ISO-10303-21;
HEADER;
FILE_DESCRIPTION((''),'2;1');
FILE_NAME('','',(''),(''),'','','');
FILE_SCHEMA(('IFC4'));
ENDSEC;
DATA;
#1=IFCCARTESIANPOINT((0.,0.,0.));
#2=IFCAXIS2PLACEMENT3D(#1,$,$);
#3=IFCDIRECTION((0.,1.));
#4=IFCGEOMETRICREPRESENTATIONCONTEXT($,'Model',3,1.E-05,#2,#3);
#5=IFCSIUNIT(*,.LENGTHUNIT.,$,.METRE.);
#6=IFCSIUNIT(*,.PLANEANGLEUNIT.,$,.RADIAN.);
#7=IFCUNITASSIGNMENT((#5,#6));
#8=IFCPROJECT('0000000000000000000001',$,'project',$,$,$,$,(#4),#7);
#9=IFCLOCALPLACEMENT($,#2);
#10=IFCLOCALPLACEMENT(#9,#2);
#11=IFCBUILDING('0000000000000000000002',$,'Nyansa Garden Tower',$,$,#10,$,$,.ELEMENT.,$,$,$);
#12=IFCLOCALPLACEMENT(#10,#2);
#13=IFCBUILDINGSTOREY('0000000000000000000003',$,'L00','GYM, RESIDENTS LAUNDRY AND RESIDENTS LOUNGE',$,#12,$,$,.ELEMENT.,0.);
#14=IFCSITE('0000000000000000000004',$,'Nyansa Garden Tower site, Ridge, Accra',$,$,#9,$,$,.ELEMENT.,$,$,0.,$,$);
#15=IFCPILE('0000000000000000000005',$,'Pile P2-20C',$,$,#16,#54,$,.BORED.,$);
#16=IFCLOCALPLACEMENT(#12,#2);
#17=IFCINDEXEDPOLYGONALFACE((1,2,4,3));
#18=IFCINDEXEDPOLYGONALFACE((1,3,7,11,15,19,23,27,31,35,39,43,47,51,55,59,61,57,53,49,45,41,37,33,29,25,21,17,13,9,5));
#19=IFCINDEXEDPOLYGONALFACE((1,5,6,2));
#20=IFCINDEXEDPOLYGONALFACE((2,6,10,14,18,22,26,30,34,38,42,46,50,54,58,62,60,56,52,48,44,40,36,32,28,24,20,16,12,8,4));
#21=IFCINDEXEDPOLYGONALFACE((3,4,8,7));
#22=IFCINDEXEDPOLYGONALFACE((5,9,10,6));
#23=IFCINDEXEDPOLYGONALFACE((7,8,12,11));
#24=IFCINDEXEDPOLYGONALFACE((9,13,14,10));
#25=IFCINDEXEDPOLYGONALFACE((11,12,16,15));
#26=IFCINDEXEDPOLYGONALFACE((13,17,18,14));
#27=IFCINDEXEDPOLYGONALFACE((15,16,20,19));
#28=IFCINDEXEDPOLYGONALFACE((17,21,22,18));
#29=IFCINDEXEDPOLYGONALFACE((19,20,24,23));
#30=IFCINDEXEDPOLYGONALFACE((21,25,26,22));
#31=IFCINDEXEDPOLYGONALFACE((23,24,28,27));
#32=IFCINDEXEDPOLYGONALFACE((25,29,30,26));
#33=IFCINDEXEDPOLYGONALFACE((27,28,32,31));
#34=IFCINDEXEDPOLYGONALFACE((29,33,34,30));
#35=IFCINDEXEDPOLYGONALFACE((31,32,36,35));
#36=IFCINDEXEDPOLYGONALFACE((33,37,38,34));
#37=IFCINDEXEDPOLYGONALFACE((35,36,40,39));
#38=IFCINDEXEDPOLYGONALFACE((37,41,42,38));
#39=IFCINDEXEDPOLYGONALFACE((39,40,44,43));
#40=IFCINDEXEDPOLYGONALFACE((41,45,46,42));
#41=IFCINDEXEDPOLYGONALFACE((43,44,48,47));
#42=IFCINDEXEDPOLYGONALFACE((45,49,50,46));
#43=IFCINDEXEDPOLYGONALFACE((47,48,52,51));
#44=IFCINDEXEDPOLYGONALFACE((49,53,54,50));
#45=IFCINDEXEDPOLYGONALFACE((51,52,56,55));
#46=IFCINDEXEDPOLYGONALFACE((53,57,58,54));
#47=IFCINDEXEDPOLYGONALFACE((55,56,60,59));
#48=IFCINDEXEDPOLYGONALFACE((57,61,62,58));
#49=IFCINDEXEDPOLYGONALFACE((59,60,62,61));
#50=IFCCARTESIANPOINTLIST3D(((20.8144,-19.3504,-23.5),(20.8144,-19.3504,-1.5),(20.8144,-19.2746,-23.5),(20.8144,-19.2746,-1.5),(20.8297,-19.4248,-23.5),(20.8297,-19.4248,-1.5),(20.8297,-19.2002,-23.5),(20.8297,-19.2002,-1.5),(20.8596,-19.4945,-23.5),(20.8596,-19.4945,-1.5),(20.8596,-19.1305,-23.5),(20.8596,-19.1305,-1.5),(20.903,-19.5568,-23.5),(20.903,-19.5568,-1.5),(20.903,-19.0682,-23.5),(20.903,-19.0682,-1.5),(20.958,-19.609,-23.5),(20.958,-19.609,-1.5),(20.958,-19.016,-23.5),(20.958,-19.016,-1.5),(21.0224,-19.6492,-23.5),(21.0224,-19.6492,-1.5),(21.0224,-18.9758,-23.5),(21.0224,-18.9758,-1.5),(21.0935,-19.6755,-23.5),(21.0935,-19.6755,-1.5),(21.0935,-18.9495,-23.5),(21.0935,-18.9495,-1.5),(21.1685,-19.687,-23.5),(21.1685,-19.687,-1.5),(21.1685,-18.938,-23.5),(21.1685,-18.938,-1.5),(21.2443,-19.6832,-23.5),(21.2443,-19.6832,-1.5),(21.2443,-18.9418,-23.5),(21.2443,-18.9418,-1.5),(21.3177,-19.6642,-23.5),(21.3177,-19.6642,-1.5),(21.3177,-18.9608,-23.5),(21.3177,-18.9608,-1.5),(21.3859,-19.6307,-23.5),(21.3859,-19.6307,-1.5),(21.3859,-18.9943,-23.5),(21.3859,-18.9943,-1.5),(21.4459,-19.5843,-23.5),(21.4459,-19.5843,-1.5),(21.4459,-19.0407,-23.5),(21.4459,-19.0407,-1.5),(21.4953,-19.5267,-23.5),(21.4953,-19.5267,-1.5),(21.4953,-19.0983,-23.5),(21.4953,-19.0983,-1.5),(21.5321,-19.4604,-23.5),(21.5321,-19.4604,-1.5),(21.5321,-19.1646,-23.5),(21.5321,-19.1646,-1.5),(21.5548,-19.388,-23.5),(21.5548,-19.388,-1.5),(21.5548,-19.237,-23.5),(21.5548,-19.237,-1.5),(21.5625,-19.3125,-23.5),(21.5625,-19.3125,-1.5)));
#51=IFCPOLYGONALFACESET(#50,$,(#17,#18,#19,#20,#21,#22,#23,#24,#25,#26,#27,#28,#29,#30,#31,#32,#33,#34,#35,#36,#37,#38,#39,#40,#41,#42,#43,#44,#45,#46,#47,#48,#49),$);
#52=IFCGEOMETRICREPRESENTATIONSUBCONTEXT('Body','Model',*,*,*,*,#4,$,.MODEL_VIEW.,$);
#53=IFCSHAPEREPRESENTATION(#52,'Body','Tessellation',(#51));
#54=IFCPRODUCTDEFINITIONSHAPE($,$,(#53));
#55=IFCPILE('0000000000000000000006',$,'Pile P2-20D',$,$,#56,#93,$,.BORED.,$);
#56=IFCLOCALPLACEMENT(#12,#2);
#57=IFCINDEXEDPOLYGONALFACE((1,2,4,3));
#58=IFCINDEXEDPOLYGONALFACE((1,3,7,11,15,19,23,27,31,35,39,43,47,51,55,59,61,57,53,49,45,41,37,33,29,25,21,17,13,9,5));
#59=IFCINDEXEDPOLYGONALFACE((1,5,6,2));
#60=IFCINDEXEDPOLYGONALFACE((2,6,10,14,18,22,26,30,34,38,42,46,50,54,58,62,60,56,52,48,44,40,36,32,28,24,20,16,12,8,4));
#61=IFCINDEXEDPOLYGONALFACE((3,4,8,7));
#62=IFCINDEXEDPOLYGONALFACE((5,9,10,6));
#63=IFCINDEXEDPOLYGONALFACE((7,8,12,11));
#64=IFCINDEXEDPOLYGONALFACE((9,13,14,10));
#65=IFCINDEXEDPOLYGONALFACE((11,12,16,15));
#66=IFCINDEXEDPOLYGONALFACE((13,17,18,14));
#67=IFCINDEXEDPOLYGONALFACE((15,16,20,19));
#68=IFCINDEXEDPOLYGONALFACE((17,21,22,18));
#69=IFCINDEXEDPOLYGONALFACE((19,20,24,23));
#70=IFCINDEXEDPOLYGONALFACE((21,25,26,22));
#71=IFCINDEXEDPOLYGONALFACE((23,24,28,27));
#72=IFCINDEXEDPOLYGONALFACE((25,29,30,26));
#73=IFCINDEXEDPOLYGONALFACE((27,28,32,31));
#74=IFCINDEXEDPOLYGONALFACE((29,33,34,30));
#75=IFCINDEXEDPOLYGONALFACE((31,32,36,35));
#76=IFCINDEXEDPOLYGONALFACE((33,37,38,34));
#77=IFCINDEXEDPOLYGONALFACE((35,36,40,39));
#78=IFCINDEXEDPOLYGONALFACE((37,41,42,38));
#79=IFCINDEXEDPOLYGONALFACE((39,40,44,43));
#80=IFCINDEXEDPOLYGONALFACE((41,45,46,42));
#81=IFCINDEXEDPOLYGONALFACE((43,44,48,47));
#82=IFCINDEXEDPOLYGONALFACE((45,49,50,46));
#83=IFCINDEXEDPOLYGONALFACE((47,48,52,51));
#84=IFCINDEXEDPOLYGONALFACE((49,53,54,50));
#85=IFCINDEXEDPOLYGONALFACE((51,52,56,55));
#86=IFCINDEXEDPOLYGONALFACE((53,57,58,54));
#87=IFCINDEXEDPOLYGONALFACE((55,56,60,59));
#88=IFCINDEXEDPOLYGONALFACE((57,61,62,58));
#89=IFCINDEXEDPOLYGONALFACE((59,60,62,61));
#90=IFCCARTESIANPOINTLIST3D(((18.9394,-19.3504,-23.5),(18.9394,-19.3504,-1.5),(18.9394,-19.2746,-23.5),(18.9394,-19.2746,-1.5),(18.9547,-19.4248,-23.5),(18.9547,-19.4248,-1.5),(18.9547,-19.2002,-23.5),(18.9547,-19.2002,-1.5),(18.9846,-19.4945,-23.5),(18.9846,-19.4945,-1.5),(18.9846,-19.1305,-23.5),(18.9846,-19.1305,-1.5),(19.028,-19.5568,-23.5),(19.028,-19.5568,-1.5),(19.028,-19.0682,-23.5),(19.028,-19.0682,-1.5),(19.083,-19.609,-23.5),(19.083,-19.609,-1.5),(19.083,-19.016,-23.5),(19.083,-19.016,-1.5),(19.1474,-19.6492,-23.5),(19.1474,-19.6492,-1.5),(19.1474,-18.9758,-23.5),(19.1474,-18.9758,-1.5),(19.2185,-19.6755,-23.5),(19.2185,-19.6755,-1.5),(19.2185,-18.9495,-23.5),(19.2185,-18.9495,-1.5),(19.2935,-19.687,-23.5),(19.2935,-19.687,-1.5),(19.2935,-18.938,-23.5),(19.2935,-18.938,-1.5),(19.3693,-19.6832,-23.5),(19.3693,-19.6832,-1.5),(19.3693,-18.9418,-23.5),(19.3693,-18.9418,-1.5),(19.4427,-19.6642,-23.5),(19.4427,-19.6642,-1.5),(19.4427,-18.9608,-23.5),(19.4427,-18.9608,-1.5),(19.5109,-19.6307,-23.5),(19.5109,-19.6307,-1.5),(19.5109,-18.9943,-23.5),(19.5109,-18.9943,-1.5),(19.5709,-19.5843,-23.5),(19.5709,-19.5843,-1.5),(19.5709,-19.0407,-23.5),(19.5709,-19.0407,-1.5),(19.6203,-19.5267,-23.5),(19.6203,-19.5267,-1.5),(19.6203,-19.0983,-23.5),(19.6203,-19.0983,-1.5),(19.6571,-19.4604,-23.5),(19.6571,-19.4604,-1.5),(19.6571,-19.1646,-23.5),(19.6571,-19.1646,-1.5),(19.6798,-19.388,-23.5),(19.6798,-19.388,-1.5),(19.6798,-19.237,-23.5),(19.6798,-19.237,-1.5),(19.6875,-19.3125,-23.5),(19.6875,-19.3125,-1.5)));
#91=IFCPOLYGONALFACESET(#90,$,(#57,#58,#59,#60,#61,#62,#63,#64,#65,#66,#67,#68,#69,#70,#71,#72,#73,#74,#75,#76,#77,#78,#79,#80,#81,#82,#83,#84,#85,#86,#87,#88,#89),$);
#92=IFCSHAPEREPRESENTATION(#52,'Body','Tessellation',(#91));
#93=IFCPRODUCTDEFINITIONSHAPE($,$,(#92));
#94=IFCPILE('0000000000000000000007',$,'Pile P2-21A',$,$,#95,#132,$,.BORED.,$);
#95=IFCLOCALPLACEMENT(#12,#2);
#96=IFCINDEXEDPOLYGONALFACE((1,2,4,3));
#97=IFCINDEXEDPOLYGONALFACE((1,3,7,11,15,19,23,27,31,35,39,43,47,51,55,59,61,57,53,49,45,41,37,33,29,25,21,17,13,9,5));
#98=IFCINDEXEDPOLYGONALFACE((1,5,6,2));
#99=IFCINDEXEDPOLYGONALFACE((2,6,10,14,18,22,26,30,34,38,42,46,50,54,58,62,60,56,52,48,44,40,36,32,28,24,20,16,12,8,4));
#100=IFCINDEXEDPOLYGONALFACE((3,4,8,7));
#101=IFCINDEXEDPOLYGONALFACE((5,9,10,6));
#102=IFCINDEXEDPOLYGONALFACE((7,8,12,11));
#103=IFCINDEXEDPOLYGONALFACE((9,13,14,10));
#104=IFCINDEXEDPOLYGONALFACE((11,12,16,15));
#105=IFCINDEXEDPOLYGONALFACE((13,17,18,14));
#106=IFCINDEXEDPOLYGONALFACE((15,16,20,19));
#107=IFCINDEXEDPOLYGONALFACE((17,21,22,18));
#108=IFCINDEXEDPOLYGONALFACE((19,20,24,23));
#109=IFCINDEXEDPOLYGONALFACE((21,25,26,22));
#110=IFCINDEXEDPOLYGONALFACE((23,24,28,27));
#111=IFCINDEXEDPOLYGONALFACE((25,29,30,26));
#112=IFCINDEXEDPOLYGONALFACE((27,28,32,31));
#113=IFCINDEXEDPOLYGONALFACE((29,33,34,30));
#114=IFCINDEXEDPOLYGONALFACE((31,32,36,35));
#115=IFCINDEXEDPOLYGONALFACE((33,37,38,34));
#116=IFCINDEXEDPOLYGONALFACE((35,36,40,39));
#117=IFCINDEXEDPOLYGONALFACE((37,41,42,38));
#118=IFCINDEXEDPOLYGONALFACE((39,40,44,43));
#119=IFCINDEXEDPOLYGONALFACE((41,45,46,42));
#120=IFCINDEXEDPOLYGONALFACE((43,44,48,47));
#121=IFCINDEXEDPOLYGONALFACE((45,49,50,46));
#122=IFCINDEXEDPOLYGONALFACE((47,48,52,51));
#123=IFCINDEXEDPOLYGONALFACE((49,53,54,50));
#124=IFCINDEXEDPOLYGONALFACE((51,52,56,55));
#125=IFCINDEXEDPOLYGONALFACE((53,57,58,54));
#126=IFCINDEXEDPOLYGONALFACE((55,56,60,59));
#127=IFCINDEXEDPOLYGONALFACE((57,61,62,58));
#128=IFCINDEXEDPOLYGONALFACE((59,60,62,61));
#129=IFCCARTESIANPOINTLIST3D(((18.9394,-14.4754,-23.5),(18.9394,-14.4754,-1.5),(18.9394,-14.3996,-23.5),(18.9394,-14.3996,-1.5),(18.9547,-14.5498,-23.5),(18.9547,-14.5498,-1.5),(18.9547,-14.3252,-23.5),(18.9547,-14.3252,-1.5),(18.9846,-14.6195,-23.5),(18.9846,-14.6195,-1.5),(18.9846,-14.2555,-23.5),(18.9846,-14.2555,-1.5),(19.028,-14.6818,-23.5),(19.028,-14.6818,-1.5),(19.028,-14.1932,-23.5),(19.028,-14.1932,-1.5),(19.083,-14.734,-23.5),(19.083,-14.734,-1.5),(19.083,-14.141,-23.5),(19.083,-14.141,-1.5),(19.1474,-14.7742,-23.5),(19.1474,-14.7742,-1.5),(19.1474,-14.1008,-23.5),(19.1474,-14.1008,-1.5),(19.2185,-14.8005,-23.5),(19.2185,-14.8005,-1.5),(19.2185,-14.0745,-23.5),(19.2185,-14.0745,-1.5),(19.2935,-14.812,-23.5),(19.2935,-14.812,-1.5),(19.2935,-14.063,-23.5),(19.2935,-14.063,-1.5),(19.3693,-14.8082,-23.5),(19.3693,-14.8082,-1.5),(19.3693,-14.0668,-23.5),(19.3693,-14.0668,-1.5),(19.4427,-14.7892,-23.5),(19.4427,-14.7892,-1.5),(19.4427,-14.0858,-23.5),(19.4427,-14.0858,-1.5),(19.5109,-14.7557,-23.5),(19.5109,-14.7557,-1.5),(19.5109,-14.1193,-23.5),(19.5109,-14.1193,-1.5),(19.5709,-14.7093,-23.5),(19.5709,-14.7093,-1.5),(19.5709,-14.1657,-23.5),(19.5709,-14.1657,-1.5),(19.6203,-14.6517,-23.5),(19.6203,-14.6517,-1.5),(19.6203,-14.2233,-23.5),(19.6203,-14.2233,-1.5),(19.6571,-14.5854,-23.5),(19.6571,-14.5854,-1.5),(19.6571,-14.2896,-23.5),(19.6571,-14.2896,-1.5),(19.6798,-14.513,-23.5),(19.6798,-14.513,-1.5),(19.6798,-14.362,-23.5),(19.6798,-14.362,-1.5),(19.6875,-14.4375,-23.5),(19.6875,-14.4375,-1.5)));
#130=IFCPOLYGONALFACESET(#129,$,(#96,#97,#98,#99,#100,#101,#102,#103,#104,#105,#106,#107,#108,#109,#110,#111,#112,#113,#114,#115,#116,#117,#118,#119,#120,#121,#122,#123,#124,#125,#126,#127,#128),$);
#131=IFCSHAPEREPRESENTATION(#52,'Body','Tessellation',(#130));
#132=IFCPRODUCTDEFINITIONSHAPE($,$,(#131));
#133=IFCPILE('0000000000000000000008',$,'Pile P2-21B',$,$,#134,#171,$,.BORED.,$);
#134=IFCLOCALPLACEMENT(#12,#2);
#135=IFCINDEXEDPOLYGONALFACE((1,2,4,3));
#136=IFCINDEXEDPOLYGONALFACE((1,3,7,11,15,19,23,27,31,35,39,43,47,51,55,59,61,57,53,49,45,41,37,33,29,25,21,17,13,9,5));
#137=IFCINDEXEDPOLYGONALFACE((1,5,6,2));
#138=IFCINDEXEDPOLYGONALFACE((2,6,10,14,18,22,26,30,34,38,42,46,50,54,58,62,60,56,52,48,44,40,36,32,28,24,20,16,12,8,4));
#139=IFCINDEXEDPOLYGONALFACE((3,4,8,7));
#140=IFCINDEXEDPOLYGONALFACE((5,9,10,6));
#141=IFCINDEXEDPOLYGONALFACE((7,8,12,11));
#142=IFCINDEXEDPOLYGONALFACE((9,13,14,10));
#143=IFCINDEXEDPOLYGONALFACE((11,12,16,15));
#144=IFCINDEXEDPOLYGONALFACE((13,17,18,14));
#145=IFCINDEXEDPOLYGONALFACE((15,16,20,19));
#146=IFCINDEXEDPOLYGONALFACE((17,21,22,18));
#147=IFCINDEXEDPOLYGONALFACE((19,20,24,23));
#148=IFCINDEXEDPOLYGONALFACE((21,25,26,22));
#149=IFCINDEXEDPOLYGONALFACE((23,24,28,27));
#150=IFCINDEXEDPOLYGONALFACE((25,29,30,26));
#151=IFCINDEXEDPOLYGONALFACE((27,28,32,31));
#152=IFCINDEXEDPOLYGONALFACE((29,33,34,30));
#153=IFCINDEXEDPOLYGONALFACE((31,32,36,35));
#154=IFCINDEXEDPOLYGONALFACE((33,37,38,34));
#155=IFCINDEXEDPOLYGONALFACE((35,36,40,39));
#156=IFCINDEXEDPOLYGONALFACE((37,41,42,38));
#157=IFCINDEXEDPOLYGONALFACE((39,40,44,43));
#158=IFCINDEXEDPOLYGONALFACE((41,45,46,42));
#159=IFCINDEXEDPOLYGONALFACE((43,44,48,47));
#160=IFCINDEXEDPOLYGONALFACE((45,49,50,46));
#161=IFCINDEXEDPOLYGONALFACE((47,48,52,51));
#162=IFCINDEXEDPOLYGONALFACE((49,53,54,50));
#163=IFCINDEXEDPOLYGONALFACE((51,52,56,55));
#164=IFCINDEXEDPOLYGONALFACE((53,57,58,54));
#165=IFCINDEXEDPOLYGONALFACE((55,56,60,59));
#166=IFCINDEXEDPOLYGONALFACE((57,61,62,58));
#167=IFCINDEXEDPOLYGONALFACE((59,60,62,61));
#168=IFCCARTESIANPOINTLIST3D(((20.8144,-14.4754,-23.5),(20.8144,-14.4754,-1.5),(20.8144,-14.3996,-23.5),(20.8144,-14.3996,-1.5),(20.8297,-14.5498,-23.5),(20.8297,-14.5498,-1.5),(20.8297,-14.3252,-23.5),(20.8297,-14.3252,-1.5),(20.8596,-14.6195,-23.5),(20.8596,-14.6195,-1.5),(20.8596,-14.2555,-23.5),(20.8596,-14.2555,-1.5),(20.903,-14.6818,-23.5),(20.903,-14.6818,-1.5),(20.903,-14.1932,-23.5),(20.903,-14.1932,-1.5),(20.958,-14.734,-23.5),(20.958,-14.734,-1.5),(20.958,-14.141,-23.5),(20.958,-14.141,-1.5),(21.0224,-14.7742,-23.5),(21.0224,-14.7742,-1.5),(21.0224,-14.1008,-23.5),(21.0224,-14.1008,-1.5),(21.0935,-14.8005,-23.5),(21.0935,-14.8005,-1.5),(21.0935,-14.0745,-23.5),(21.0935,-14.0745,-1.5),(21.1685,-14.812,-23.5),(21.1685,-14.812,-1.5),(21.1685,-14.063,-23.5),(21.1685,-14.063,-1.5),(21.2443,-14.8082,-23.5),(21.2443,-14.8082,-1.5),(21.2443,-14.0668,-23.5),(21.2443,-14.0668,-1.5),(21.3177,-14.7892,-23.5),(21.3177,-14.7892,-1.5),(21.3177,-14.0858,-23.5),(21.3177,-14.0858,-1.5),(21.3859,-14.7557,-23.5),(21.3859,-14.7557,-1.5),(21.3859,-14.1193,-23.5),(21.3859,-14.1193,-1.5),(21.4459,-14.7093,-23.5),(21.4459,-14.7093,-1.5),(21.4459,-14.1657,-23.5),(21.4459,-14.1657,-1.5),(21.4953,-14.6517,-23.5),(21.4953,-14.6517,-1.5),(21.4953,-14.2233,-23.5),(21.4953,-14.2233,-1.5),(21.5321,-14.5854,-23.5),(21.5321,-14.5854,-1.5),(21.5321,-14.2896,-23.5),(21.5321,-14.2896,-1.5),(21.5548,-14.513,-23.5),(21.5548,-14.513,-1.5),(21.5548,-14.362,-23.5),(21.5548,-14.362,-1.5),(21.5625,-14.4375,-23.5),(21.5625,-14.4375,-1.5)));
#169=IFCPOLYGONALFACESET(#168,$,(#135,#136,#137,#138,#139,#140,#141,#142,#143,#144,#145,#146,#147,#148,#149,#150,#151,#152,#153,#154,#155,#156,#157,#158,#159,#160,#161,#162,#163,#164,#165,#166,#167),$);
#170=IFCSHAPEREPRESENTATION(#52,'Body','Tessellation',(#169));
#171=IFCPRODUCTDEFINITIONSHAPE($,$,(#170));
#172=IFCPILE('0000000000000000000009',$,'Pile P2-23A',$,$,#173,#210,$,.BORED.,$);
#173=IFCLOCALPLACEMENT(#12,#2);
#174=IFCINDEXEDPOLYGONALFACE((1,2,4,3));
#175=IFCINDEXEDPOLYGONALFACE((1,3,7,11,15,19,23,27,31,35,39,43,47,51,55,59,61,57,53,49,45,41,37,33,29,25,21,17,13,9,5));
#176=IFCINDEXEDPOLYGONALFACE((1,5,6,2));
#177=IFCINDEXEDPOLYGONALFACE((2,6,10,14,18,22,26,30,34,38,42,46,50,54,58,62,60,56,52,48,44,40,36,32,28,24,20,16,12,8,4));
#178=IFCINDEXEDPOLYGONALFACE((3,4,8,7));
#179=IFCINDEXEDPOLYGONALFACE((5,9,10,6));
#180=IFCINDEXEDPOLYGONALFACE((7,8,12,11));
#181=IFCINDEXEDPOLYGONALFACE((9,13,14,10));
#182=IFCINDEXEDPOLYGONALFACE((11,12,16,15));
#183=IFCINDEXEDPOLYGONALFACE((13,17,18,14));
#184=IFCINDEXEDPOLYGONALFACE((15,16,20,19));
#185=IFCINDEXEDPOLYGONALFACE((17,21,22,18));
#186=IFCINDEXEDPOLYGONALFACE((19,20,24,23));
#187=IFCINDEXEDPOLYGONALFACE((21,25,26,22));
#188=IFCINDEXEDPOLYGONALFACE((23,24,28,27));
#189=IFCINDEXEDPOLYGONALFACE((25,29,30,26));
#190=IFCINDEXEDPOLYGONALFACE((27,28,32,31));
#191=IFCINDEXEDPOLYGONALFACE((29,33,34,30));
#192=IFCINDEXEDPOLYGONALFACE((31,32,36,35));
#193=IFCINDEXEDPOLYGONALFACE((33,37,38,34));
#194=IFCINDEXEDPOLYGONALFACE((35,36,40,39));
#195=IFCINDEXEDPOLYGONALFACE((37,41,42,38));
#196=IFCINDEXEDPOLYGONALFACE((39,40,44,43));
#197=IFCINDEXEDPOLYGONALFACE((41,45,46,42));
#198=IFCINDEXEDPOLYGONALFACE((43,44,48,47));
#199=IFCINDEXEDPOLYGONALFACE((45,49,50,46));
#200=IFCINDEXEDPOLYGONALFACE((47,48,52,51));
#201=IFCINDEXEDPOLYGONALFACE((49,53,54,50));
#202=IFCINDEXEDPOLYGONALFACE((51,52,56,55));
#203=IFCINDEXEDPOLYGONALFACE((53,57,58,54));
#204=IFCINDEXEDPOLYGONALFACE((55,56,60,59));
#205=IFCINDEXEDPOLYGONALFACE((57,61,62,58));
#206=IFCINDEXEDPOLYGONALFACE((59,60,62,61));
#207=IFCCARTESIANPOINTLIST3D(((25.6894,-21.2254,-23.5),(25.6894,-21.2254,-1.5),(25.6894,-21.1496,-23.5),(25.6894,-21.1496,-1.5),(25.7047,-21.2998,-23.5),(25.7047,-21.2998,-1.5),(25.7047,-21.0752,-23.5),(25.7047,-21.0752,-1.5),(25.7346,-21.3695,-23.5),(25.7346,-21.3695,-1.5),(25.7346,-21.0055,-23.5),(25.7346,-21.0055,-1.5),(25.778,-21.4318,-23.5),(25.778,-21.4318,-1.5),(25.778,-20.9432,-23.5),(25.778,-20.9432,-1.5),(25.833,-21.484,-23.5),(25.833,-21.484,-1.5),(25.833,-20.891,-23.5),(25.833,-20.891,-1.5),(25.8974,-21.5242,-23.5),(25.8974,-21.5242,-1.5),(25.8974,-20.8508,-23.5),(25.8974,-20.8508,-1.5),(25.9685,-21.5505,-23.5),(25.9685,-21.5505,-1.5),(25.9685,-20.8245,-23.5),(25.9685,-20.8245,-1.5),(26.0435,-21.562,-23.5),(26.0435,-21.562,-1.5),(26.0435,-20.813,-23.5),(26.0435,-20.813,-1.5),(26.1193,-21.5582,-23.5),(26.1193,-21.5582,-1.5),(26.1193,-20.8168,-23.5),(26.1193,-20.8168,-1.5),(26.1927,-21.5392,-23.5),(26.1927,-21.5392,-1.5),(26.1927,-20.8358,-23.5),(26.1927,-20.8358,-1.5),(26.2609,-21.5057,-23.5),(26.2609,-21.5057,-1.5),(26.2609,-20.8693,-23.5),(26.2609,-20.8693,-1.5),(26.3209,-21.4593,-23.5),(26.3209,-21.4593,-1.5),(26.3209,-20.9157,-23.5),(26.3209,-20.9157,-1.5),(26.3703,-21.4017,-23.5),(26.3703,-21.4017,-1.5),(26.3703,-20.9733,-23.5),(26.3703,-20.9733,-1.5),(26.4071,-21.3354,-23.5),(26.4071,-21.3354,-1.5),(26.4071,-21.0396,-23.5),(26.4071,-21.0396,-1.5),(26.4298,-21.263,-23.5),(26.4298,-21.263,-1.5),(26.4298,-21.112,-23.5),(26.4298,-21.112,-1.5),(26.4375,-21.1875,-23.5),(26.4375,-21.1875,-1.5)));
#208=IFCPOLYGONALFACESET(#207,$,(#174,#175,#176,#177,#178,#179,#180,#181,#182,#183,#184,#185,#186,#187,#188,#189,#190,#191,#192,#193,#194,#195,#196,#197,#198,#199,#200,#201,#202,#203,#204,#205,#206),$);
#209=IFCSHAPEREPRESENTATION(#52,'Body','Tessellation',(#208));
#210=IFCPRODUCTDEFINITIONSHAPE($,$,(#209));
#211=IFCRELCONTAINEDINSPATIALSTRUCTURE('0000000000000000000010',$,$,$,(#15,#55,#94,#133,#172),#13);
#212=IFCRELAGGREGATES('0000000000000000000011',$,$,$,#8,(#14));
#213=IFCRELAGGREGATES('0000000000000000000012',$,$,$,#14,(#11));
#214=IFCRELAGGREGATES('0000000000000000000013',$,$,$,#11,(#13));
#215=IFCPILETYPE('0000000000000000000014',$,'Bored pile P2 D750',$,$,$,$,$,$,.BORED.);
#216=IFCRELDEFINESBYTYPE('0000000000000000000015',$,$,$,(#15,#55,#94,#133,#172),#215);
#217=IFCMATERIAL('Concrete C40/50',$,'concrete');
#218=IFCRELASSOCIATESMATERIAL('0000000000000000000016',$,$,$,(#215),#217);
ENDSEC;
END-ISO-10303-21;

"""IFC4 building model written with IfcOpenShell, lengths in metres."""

from ifc_helpers import new_model, si_unit, direction, frame, origin, origin_2d, place, context, subcontext, project, spatial, circle, extrude, material, type_object, element, save


model = new_model("IFC4")

# Units and contexts
model_context = context("Model", 3, precision=1e-05, world=origin(), true_north=direction((0.0, 1.0)))
body_context = subcontext(model_context, "Body", "Model", "MODEL_VIEW")
ifc_project = project(units=[si_unit("LENGTHUNIT", "METRE"), si_unit("PLANEANGLEUNIT", "RADIAN")], contexts=[model_context])

# Site, building, storey
site_placement = place(None, origin())
site = spatial("IfcSite", under=ifc_project, at=site_placement, Name="Nyansa Garden Tower site, Ridge, Accra", CompositionType="ELEMENT", RefElevation=0.0)
building_placement = place(site_placement, origin())
building = spatial("IfcBuilding", under=site, at=building_placement, Name="Nyansa Garden Tower", CompositionType="ELEMENT")
storey_placement = place(building_placement, origin())
storey = spatial("IfcBuildingStorey", under=building, at=storey_placement, Name="L00", Description="GYM, RESIDENTS LAUNDRY AND RESIDENTS LOUNGE", CompositionType="ELEMENT", Elevation=0.0)

# Piles
ifc_material_1 = material(Name="Concrete C40/50", Category="concrete")
pile_type = type_object("IfcPileType", Name="Bored pile P2 D750", PredefinedType="BORED", material=ifc_material_1)
for number, where, z_axis, x_axis, name in (
    (1, (21.1875, -19.3125, -1.5), (0.0, 0.0, -1.0), (1.0, 0.0, 0.0), "Pile P2-20C"),
    (2, (19.3125, -19.3125, -1.5), (0.0, 0.0, -1.0), (1.0, 0.0, 0.0), "Pile P2-20D"),
    (3, (19.3125, -14.4375, -1.5), (0.0, 0.0, -1.0), (1.0, 0.0, 0.0), "Pile P2-21A"),
    (4, (21.1875, -14.4375, -1.5), (0.0, 0.0, -1.0), (1.0, 0.0, 0.0), "Pile P2-21B"),
    (5, (26.0625, -21.1875, -1.5), (0.0, 0.0, -1.0), (1.0, 0.0, 0.0), "Pile P2-23A"),
):
    element("IfcPile", number, at=place(storey_placement, frame(where, z_axis=z_axis, x_axis=x_axis)), inside=storey, type_object=pile_type, Name=name, PredefinedType="BORED", context=body_context, shape_type="SweptSolid", body=[
        extrude(circle(Radius=0.375, at=origin_2d()), origin(), (0.0, 0.0, 1.0), 22.0),
    ])

save(model, "model.ifc")
